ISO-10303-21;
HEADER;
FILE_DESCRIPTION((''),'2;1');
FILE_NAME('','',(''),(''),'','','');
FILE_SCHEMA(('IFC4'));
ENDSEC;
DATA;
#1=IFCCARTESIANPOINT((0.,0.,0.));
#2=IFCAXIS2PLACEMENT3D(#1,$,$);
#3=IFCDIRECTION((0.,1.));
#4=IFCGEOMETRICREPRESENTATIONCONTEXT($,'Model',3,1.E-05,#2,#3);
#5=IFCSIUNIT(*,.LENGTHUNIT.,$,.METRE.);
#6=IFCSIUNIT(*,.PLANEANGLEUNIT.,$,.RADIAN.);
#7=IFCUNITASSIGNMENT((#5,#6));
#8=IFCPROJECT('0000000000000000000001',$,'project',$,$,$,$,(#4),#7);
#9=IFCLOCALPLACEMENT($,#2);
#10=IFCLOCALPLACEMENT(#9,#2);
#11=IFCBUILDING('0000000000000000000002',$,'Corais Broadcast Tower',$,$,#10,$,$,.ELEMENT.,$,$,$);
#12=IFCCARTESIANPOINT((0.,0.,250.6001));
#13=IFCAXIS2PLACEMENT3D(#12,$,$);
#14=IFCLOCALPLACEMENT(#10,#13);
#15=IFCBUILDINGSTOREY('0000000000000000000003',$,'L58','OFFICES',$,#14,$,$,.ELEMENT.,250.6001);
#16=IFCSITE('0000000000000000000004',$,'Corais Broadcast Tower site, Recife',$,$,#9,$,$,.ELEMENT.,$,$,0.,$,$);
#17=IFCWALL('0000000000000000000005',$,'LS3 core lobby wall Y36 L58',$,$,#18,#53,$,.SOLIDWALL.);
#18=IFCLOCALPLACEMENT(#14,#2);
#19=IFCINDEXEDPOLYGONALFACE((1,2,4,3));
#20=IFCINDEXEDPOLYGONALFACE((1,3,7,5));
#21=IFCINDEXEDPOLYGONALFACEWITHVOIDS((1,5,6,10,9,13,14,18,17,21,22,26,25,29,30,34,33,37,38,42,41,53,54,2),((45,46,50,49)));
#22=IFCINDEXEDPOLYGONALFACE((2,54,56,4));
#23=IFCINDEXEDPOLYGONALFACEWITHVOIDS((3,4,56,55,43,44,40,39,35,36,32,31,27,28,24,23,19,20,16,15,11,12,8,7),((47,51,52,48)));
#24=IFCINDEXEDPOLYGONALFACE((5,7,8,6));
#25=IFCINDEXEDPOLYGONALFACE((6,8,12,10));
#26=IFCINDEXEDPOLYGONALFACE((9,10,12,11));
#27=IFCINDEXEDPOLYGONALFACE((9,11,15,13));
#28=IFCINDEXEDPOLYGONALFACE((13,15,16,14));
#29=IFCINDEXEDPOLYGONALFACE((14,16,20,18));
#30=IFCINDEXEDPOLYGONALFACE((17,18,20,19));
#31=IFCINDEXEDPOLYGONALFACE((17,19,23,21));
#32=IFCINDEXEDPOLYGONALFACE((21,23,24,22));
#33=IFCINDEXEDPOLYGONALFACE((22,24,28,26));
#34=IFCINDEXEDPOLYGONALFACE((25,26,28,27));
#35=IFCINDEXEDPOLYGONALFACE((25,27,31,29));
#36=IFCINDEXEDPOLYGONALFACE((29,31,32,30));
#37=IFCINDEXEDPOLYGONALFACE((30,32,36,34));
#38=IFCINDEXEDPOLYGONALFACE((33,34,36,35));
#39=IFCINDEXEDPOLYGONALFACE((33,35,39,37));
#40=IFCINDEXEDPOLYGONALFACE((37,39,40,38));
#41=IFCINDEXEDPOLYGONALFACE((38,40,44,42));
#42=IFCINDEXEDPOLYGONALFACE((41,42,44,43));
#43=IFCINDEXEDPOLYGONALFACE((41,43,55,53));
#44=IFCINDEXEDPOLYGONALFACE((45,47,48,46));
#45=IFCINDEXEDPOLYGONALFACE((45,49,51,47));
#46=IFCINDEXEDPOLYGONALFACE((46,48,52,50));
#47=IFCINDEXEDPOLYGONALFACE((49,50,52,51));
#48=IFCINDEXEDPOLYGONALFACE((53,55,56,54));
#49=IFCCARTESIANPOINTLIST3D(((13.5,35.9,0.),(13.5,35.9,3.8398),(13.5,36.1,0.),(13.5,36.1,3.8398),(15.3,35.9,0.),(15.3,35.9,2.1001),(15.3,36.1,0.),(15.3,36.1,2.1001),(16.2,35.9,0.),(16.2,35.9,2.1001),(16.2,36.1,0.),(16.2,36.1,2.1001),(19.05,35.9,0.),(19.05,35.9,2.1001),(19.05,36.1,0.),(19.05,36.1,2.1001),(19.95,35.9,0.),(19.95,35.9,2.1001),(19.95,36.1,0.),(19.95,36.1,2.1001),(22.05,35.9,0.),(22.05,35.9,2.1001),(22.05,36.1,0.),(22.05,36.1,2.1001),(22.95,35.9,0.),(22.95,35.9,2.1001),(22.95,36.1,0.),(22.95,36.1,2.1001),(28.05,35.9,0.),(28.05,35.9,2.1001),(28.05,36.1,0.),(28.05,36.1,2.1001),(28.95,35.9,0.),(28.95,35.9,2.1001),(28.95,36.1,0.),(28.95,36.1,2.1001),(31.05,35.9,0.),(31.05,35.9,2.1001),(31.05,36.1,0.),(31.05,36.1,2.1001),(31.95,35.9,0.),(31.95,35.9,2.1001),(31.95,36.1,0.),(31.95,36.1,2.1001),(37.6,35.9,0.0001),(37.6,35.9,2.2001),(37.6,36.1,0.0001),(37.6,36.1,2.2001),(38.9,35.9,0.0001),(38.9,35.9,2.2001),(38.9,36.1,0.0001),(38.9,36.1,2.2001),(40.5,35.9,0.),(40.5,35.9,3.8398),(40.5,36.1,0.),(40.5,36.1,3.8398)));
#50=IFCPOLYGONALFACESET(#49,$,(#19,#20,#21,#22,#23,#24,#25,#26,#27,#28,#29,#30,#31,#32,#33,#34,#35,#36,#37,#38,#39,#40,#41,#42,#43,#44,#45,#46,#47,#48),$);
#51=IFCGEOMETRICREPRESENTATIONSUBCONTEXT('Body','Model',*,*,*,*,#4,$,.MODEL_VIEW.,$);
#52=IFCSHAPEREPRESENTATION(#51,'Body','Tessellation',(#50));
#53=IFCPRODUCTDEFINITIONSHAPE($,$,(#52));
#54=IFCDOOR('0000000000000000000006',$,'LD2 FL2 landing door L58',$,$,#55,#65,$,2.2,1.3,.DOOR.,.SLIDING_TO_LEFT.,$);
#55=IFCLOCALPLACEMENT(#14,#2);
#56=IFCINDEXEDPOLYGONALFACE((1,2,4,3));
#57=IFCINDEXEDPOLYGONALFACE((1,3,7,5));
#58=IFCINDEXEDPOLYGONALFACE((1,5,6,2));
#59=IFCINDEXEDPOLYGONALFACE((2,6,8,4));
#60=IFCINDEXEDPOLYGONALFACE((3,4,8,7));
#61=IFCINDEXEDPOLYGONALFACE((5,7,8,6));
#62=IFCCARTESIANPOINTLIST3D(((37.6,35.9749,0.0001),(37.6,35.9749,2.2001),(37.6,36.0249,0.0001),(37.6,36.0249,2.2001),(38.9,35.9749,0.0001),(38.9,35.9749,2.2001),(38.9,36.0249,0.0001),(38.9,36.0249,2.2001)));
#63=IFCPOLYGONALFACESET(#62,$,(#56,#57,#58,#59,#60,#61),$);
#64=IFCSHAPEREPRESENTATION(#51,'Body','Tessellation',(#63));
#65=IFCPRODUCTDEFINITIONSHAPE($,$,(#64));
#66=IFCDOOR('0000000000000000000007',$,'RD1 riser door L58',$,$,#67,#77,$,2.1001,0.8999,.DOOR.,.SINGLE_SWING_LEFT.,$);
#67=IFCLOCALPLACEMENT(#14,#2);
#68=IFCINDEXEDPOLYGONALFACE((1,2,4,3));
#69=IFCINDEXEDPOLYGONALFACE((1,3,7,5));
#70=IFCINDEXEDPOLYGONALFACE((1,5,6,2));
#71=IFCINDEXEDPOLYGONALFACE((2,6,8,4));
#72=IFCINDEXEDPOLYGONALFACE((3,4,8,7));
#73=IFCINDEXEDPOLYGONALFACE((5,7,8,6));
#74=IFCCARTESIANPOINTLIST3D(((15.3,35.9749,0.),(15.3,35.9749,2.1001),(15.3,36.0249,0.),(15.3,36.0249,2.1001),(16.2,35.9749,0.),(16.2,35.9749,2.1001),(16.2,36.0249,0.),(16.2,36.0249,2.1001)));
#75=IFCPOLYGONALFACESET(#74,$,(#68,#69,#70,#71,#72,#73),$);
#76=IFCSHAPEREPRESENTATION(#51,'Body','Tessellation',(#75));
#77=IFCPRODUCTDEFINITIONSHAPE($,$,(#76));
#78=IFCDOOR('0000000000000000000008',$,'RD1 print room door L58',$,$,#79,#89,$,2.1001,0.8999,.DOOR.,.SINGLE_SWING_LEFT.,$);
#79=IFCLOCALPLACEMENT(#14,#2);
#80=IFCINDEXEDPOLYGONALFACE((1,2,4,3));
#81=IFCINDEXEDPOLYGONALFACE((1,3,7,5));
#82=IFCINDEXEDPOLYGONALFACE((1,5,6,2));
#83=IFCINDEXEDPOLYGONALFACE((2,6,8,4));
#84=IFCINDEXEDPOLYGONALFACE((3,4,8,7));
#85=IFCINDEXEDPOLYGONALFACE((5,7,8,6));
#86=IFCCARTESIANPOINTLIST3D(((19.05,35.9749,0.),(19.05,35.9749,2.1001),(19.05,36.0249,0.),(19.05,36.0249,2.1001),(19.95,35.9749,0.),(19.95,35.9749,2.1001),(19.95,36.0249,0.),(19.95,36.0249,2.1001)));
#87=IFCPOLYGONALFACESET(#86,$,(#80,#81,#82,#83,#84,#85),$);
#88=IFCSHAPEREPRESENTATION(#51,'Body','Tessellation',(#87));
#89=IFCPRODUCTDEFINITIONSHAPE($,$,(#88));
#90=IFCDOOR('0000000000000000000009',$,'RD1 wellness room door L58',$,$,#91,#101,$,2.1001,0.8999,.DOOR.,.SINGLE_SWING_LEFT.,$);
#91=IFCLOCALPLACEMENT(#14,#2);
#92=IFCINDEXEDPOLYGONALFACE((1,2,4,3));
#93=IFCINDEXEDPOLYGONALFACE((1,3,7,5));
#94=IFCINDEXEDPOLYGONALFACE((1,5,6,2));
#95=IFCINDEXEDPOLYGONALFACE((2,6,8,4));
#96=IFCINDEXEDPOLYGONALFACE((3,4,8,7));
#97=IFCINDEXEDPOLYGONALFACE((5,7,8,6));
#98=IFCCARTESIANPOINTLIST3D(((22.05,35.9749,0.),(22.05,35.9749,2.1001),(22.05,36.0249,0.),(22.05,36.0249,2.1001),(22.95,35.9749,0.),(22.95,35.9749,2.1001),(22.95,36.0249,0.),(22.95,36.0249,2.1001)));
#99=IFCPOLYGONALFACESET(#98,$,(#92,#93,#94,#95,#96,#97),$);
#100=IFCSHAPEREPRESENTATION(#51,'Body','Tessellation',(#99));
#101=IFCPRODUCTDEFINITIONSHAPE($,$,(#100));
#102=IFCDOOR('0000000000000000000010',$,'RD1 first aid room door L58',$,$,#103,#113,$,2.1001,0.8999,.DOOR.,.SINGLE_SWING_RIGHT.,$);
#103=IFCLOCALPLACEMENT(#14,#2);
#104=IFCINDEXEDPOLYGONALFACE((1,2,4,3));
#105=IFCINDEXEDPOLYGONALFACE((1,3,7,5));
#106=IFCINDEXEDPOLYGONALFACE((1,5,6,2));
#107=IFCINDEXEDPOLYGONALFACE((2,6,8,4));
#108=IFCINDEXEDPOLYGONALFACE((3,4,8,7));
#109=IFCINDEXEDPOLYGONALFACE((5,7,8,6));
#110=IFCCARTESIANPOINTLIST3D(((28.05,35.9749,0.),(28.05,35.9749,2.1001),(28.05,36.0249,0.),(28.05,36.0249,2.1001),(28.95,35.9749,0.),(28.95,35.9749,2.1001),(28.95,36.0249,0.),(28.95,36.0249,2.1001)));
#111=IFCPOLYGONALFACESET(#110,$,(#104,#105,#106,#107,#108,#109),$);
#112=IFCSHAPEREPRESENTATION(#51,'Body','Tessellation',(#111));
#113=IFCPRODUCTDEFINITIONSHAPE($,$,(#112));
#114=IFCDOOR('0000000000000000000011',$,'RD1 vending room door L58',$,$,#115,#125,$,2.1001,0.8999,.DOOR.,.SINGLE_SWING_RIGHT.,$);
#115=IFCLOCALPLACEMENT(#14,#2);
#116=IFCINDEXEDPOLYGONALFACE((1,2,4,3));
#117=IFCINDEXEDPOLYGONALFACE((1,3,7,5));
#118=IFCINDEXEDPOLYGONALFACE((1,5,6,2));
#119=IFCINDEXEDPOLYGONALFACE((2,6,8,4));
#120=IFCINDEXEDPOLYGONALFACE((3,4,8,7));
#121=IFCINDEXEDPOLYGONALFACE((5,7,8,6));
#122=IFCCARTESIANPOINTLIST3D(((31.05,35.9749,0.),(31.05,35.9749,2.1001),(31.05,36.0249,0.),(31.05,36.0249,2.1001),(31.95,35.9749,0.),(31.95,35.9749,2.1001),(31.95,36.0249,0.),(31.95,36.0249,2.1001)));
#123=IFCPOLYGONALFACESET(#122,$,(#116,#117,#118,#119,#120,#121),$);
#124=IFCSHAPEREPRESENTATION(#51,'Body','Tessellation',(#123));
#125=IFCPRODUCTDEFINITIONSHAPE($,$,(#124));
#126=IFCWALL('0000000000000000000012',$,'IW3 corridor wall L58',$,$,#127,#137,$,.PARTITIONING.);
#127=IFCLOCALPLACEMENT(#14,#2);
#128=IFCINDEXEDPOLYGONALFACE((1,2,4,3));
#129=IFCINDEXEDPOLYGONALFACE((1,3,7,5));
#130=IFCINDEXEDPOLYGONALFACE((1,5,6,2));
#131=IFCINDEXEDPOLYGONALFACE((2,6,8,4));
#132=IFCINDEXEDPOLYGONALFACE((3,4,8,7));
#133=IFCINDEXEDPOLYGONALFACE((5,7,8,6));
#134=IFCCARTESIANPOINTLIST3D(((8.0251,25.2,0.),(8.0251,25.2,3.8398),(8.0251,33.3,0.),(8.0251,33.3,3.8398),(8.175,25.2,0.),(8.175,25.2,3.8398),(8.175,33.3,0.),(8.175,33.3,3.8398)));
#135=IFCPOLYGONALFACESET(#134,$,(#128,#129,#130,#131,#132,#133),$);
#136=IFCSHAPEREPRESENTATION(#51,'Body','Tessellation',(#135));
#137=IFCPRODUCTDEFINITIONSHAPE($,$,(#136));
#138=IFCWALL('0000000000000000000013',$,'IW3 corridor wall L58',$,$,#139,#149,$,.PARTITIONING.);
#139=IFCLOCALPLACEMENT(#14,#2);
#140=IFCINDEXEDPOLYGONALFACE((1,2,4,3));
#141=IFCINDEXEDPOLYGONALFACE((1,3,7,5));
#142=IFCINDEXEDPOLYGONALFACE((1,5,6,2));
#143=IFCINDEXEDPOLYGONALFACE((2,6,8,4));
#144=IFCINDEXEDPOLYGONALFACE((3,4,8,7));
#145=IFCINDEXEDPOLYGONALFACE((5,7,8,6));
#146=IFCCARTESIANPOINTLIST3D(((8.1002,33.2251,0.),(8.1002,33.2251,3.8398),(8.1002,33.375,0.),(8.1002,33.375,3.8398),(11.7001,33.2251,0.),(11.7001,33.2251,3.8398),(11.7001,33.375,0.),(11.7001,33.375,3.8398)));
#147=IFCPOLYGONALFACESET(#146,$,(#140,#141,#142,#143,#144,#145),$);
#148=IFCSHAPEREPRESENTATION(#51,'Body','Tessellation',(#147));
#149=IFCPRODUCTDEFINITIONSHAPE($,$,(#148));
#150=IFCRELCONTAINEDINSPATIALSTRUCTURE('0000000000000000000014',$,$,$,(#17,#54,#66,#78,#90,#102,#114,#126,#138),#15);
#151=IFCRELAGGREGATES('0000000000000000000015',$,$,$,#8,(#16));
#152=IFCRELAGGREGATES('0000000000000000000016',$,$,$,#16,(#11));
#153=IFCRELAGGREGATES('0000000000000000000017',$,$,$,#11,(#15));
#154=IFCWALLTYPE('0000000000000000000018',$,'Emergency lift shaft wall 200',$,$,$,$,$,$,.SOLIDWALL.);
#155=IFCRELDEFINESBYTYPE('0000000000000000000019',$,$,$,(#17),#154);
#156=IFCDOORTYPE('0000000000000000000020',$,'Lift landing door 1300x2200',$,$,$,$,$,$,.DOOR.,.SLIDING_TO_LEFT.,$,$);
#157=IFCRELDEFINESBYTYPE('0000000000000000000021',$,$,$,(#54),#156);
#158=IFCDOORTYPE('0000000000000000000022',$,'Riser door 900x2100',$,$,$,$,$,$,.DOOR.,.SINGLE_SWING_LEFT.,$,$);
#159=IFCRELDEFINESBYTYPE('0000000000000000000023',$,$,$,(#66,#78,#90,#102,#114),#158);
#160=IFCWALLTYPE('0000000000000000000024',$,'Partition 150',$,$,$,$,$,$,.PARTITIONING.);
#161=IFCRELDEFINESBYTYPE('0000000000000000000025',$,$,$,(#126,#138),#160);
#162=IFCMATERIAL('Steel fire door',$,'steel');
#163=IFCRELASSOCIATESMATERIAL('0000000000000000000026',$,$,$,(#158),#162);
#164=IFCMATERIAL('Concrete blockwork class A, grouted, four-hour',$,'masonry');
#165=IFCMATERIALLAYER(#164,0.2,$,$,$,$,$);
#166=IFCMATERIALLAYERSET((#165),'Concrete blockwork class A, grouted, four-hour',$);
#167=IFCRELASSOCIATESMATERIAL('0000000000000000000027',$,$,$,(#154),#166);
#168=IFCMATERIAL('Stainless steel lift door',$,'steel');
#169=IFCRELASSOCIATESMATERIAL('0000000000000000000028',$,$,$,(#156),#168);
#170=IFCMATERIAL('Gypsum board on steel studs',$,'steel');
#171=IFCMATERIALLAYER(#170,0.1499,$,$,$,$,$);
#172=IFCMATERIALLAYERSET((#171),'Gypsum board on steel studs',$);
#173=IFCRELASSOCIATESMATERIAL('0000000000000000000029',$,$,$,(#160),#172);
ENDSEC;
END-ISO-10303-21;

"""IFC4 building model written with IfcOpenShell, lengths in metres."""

from ifc_helpers import new_model, si_unit, direction, frame, frame_2d, origin, place, context, subcontext, project, spatial, rectangle, extrude, material, layer, layer_set, type_object, element, fill, save


model = new_model("IFC4")

# Units and contexts
model_context = context("Model", 3, precision=1e-05, world=origin(), true_north=direction((0.0, 1.0)))
body_context = subcontext(model_context, "Body", "Model", "MODEL_VIEW")
ifc_project = project(units=[si_unit("LENGTHUNIT", "METRE"), si_unit("PLANEANGLEUNIT", "RADIAN")], contexts=[model_context])

# Site, building, storey
site_placement = place(None, origin())
site = spatial("IfcSite", under=ifc_project, at=site_placement, Name="Corais Broadcast Tower site, Recife", CompositionType="ELEMENT", RefElevation=0.0)
building_placement = place(site_placement, origin())
building = spatial("IfcBuilding", under=site, at=building_placement, Name="Corais Broadcast Tower", CompositionType="ELEMENT")
storey_placement = place(building_placement, frame((0.0, 0.0, 250.6001)))
storey = spatial("IfcBuildingStorey", under=building, at=storey_placement, Name="L58", Description="OFFICES", CompositionType="ELEMENT", Elevation=250.6001)

# Wall, openings, doors
ifc_material_1 = material(Name="Steel fire door", Category="steel")
door_type_1 = type_object("IfcDoorType", Name="Riser door 900x2100", OperationType="SINGLE_SWING_LEFT", PredefinedType="DOOR", material=ifc_material_1)
ifc_material_2 = material(Name="Concrete blockwork class A, grouted, four-hour", Category="masonry")
ifc_layer_1 = layer(ifc_material_2, 0.2)
ifc_layer_set_1 = layer_set([ifc_layer_1], Name="Concrete blockwork class A, grouted, four-hour")
wall_type_1 = type_object("IfcWallType", Name="Emergency lift shaft wall 200", PredefinedType="SOLIDWALL", material=ifc_layer_set_1)
wall_1_placement = place(storey_placement, frame((13.5, 36.0, 0.0), z_axis=(0.0, 0.0, 1.0), x_axis=(1.0, 0.0, 0.0)))
wall_1 = element("IfcWall", 1, at=wall_1_placement, inside=storey, type_object=wall_type_1, Name="LS3 core lobby wall Y36 L58", PredefinedType="SOLIDWALL", context=body_context, shape_type="SweptSolid", body=[
    extrude(rectangle(XDim=27.0, YDim=0.2, at=frame_2d((13.5, 0.0))), origin(), (0.0, 0.0, 1.0), 3.8398),
])
opening_1_placement = place(wall_1_placement, frame((1.8, 0.0, 0.0)))
opening_1 = element("IfcOpeningElement", 2, at=opening_1_placement, cuts=wall_1, PredefinedType="OPENING", context=body_context, shape_type="SweptSolid", body=[
    extrude(rectangle(XDim=0.8999, YDim=2.1001, at=frame_2d((0.45, 1.05))), frame((0.0, 0.1099, 0.0), z_axis=(0.0, -1.0, 0.0), x_axis=(1.0, 0.0, 0.0)), (0.0, 0.0, 1.0), 0.22),
])
opening_2_placement = place(wall_1_placement, frame((5.55, 0.0, 0.0)))
opening_2 = element("IfcOpeningElement", 3, at=opening_2_placement, cuts=wall_1, PredefinedType="OPENING", context=body_context, shape_type="SweptSolid", body=[
    extrude(rectangle(XDim=0.8999, YDim=2.1001, at=frame_2d((0.45, 1.05))), frame((0.0, 0.1099, 0.0), z_axis=(0.0, -1.0, 0.0), x_axis=(1.0, 0.0, 0.0)), (0.0, 0.0, 1.0), 0.22),
])
opening_3_placement = place(wall_1_placement, frame((8.55, 0.0, 0.0)))
opening_3 = element("IfcOpeningElement", 4, at=opening_3_placement, cuts=wall_1, PredefinedType="OPENING", context=body_context, shape_type="SweptSolid", body=[
    extrude(rectangle(XDim=0.8999, YDim=2.1001, at=frame_2d((0.45, 1.05))), frame((0.0, 0.1099, 0.0), z_axis=(0.0, -1.0, 0.0), x_axis=(1.0, 0.0, 0.0)), (0.0, 0.0, 1.0), 0.22),
])
opening_4_placement = place(wall_1_placement, frame((14.55, 0.0, 0.0)))
opening_4 = element("IfcOpeningElement", 5, at=opening_4_placement, cuts=wall_1, PredefinedType="OPENING", context=body_context, shape_type="SweptSolid", body=[
    extrude(rectangle(XDim=0.8999, YDim=2.1001, at=frame_2d((0.45, 1.05))), frame((0.0, 0.1099, 0.0), z_axis=(0.0, -1.0, 0.0), x_axis=(1.0, 0.0, 0.0)), (0.0, 0.0, 1.0), 0.22),
])
opening_5_placement = place(wall_1_placement, frame((17.55, 0.0, 0.0)))
opening_5 = element("IfcOpeningElement", 6, at=opening_5_placement, cuts=wall_1, PredefinedType="OPENING", context=body_context, shape_type="SweptSolid", body=[
    extrude(rectangle(XDim=0.8999, YDim=2.1001, at=frame_2d((0.45, 1.05))), frame((0.0, 0.1099, 0.0), z_axis=(0.0, -1.0, 0.0), x_axis=(1.0, 0.0, 0.0)), (0.0, 0.0, 1.0), 0.22),
])
opening_6_placement = place(wall_1_placement, frame((24.1001, 0.0, 0.0)))
opening_6 = element("IfcOpeningElement", 7, at=opening_6_placement, cuts=wall_1, PredefinedType="OPENING", context=body_context, shape_type="SweptSolid", body=[
    extrude(rectangle(XDim=1.3, YDim=2.2, at=frame_2d((0.6499, 1.1001))), frame((0.0, 0.1099, 0.0), z_axis=(0.0, -1.0, 0.0), x_axis=(1.0, 0.0, 0.0)), (0.0, 0.0, 1.0), 0.22),
])
ifc_material_3 = material(Name="Stainless steel lift door", Category="steel")
door_type_2 = type_object("IfcDoorType", Name="Lift landing door 1300x2200", OperationType="SLIDING_TO_LEFT", PredefinedType="DOOR", material=ifc_material_3)
door_1_placement = place(opening_6_placement, origin())
door_1 = element("IfcDoor", 8, at=door_1_placement, inside=storey, type_object=door_type_2, Name="LD2 FL2 landing door L58", OperationType="SLIDING_TO_LEFT", OverallHeight=2.2, OverallWidth=1.3, PredefinedType="DOOR", context=body_context, shape_type="SweptSolid", body=[
    extrude(rectangle(XDim=1.3, YDim=2.2, at=frame_2d((0.6499, 1.1001))), frame((0.0, 0.0249, 0.0), z_axis=(0.0, -1.0, 0.0), x_axis=(1.0, 0.0, 0.0)), (0.0, 0.0, 1.0), 0.05),
])
fill(opening_6, door_1)
door_2_placement = place(opening_1_placement, origin())
door_2 = element("IfcDoor", 9, at=door_2_placement, inside=storey, type_object=door_type_1, Name="RD1 riser door L58", OperationType="SINGLE_SWING_LEFT", OverallHeight=2.1001, OverallWidth=0.8999, PredefinedType="DOOR", context=body_context, shape_type="SweptSolid", body=[
    extrude(rectangle(XDim=0.8999, YDim=2.1001, at=frame_2d((0.45, 1.05))), frame((0.0, 0.0249, 0.0), z_axis=(0.0, -1.0, 0.0), x_axis=(1.0, 0.0, 0.0)), (0.0, 0.0, 1.0), 0.05),
])
fill(opening_1, door_2)
door_3_placement = place(opening_2_placement, origin())
door_3 = element("IfcDoor", 10, at=door_3_placement, inside=storey, type_object=door_type_1, Name="RD1 print room door L58", OperationType="SINGLE_SWING_LEFT", OverallHeight=2.1001, OverallWidth=0.8999, PredefinedType="DOOR", context=body_context, shape_type="SweptSolid", body=[
    extrude(rectangle(XDim=0.8999, YDim=2.1001, at=frame_2d((0.45, 1.05))), frame((0.0, 0.0249, 0.0), z_axis=(0.0, -1.0, 0.0), x_axis=(1.0, 0.0, 0.0)), (0.0, 0.0, 1.0), 0.05),
])
fill(opening_2, door_3)
door_4_placement = place(opening_3_placement, origin())
door_4 = element("IfcDoor", 11, at=door_4_placement, inside=storey, type_object=door_type_1, Name="RD1 wellness room door L58", OperationType="SINGLE_SWING_LEFT", OverallHeight=2.1001, OverallWidth=0.8999, PredefinedType="DOOR", context=body_context, shape_type="SweptSolid", body=[
    extrude(rectangle(XDim=0.8999, YDim=2.1001, at=frame_2d((0.45, 1.05))), frame((0.0, 0.0249, 0.0), z_axis=(0.0, -1.0, 0.0), x_axis=(1.0, 0.0, 0.0)), (0.0, 0.0, 1.0), 0.05),
])
fill(opening_3, door_4)
door_5_placement = place(opening_4_placement, origin())
door_5 = element("IfcDoor", 12, at=door_5_placement, inside=storey, type_object=door_type_1, Name="RD1 first aid room door L58", OperationType="SINGLE_SWING_RIGHT", OverallHeight=2.1001, OverallWidth=0.8999, PredefinedType="DOOR", context=body_context, shape_type="SweptSolid", body=[
    extrude(rectangle(XDim=0.8999, YDim=2.1001, at=frame_2d((0.45, 1.05))), frame((0.0, 0.0249, 0.0), z_axis=(0.0, -1.0, 0.0), x_axis=(1.0, 0.0, 0.0)), (0.0, 0.0, 1.0), 0.05),
])
fill(opening_4, door_5)
door_6_placement = place(opening_5_placement, origin())
door_6 = element("IfcDoor", 13, at=door_6_placement, inside=storey, type_object=door_type_1, Name="RD1 vending room door L58", OperationType="SINGLE_SWING_RIGHT", OverallHeight=2.1001, OverallWidth=0.8999, PredefinedType="DOOR", context=body_context, shape_type="SweptSolid", body=[
    extrude(rectangle(XDim=0.8999, YDim=2.1001, at=frame_2d((0.45, 1.05))), frame((0.0, 0.0249, 0.0), z_axis=(0.0, -1.0, 0.0), x_axis=(1.0, 0.0, 0.0)), (0.0, 0.0, 1.0), 0.05),
])
fill(opening_5, door_6)

# Walls
ifc_material_4 = material(Name="Gypsum board on steel studs", Category="steel")
ifc_layer_2 = layer(ifc_material_4, 0.1499)
ifc_layer_set_2 = layer_set([ifc_layer_2], Name="Gypsum board on steel studs")
wall_type_2 = type_object("IfcWallType", Name="Partition 150", PredefinedType="PARTITIONING", material=ifc_layer_set_2)
wall_2_placement = place(storey_placement, frame((8.1001, 33.3, 0.0), z_axis=(0.0, 0.0, 1.0), x_axis=(0.0, -1.0, 0.0)))
element("IfcWall", 14, at=wall_2_placement, inside=storey, type_object=wall_type_2, Name="IW3 corridor wall L58", PredefinedType="PARTITIONING", context=body_context, shape_type="SweptSolid", body=[
    extrude(rectangle(XDim=8.1001, YDim=0.1499, at=frame_2d((4.05, 0.0))), origin(), (0.0, 0.0, 1.0), 3.8398),
])
wall_3_placement = place(storey_placement, frame((11.7, 33.3, 0.0), z_axis=(0.0, 0.0, 1.0), x_axis=(-1.0, 0.0, 0.0)))
element("IfcWall", 15, at=wall_3_placement, inside=storey, type_object=wall_type_2, Name="IW3 corridor wall L58", PredefinedType="PARTITIONING", context=body_context, shape_type="SweptSolid", body=[
    extrude(rectangle(XDim=3.5999, YDim=0.1499, at=frame_2d((1.7998, 0.0))), origin(), (0.0, 0.0, 1.0), 3.8398),
])

save(model, "model.ifc")
